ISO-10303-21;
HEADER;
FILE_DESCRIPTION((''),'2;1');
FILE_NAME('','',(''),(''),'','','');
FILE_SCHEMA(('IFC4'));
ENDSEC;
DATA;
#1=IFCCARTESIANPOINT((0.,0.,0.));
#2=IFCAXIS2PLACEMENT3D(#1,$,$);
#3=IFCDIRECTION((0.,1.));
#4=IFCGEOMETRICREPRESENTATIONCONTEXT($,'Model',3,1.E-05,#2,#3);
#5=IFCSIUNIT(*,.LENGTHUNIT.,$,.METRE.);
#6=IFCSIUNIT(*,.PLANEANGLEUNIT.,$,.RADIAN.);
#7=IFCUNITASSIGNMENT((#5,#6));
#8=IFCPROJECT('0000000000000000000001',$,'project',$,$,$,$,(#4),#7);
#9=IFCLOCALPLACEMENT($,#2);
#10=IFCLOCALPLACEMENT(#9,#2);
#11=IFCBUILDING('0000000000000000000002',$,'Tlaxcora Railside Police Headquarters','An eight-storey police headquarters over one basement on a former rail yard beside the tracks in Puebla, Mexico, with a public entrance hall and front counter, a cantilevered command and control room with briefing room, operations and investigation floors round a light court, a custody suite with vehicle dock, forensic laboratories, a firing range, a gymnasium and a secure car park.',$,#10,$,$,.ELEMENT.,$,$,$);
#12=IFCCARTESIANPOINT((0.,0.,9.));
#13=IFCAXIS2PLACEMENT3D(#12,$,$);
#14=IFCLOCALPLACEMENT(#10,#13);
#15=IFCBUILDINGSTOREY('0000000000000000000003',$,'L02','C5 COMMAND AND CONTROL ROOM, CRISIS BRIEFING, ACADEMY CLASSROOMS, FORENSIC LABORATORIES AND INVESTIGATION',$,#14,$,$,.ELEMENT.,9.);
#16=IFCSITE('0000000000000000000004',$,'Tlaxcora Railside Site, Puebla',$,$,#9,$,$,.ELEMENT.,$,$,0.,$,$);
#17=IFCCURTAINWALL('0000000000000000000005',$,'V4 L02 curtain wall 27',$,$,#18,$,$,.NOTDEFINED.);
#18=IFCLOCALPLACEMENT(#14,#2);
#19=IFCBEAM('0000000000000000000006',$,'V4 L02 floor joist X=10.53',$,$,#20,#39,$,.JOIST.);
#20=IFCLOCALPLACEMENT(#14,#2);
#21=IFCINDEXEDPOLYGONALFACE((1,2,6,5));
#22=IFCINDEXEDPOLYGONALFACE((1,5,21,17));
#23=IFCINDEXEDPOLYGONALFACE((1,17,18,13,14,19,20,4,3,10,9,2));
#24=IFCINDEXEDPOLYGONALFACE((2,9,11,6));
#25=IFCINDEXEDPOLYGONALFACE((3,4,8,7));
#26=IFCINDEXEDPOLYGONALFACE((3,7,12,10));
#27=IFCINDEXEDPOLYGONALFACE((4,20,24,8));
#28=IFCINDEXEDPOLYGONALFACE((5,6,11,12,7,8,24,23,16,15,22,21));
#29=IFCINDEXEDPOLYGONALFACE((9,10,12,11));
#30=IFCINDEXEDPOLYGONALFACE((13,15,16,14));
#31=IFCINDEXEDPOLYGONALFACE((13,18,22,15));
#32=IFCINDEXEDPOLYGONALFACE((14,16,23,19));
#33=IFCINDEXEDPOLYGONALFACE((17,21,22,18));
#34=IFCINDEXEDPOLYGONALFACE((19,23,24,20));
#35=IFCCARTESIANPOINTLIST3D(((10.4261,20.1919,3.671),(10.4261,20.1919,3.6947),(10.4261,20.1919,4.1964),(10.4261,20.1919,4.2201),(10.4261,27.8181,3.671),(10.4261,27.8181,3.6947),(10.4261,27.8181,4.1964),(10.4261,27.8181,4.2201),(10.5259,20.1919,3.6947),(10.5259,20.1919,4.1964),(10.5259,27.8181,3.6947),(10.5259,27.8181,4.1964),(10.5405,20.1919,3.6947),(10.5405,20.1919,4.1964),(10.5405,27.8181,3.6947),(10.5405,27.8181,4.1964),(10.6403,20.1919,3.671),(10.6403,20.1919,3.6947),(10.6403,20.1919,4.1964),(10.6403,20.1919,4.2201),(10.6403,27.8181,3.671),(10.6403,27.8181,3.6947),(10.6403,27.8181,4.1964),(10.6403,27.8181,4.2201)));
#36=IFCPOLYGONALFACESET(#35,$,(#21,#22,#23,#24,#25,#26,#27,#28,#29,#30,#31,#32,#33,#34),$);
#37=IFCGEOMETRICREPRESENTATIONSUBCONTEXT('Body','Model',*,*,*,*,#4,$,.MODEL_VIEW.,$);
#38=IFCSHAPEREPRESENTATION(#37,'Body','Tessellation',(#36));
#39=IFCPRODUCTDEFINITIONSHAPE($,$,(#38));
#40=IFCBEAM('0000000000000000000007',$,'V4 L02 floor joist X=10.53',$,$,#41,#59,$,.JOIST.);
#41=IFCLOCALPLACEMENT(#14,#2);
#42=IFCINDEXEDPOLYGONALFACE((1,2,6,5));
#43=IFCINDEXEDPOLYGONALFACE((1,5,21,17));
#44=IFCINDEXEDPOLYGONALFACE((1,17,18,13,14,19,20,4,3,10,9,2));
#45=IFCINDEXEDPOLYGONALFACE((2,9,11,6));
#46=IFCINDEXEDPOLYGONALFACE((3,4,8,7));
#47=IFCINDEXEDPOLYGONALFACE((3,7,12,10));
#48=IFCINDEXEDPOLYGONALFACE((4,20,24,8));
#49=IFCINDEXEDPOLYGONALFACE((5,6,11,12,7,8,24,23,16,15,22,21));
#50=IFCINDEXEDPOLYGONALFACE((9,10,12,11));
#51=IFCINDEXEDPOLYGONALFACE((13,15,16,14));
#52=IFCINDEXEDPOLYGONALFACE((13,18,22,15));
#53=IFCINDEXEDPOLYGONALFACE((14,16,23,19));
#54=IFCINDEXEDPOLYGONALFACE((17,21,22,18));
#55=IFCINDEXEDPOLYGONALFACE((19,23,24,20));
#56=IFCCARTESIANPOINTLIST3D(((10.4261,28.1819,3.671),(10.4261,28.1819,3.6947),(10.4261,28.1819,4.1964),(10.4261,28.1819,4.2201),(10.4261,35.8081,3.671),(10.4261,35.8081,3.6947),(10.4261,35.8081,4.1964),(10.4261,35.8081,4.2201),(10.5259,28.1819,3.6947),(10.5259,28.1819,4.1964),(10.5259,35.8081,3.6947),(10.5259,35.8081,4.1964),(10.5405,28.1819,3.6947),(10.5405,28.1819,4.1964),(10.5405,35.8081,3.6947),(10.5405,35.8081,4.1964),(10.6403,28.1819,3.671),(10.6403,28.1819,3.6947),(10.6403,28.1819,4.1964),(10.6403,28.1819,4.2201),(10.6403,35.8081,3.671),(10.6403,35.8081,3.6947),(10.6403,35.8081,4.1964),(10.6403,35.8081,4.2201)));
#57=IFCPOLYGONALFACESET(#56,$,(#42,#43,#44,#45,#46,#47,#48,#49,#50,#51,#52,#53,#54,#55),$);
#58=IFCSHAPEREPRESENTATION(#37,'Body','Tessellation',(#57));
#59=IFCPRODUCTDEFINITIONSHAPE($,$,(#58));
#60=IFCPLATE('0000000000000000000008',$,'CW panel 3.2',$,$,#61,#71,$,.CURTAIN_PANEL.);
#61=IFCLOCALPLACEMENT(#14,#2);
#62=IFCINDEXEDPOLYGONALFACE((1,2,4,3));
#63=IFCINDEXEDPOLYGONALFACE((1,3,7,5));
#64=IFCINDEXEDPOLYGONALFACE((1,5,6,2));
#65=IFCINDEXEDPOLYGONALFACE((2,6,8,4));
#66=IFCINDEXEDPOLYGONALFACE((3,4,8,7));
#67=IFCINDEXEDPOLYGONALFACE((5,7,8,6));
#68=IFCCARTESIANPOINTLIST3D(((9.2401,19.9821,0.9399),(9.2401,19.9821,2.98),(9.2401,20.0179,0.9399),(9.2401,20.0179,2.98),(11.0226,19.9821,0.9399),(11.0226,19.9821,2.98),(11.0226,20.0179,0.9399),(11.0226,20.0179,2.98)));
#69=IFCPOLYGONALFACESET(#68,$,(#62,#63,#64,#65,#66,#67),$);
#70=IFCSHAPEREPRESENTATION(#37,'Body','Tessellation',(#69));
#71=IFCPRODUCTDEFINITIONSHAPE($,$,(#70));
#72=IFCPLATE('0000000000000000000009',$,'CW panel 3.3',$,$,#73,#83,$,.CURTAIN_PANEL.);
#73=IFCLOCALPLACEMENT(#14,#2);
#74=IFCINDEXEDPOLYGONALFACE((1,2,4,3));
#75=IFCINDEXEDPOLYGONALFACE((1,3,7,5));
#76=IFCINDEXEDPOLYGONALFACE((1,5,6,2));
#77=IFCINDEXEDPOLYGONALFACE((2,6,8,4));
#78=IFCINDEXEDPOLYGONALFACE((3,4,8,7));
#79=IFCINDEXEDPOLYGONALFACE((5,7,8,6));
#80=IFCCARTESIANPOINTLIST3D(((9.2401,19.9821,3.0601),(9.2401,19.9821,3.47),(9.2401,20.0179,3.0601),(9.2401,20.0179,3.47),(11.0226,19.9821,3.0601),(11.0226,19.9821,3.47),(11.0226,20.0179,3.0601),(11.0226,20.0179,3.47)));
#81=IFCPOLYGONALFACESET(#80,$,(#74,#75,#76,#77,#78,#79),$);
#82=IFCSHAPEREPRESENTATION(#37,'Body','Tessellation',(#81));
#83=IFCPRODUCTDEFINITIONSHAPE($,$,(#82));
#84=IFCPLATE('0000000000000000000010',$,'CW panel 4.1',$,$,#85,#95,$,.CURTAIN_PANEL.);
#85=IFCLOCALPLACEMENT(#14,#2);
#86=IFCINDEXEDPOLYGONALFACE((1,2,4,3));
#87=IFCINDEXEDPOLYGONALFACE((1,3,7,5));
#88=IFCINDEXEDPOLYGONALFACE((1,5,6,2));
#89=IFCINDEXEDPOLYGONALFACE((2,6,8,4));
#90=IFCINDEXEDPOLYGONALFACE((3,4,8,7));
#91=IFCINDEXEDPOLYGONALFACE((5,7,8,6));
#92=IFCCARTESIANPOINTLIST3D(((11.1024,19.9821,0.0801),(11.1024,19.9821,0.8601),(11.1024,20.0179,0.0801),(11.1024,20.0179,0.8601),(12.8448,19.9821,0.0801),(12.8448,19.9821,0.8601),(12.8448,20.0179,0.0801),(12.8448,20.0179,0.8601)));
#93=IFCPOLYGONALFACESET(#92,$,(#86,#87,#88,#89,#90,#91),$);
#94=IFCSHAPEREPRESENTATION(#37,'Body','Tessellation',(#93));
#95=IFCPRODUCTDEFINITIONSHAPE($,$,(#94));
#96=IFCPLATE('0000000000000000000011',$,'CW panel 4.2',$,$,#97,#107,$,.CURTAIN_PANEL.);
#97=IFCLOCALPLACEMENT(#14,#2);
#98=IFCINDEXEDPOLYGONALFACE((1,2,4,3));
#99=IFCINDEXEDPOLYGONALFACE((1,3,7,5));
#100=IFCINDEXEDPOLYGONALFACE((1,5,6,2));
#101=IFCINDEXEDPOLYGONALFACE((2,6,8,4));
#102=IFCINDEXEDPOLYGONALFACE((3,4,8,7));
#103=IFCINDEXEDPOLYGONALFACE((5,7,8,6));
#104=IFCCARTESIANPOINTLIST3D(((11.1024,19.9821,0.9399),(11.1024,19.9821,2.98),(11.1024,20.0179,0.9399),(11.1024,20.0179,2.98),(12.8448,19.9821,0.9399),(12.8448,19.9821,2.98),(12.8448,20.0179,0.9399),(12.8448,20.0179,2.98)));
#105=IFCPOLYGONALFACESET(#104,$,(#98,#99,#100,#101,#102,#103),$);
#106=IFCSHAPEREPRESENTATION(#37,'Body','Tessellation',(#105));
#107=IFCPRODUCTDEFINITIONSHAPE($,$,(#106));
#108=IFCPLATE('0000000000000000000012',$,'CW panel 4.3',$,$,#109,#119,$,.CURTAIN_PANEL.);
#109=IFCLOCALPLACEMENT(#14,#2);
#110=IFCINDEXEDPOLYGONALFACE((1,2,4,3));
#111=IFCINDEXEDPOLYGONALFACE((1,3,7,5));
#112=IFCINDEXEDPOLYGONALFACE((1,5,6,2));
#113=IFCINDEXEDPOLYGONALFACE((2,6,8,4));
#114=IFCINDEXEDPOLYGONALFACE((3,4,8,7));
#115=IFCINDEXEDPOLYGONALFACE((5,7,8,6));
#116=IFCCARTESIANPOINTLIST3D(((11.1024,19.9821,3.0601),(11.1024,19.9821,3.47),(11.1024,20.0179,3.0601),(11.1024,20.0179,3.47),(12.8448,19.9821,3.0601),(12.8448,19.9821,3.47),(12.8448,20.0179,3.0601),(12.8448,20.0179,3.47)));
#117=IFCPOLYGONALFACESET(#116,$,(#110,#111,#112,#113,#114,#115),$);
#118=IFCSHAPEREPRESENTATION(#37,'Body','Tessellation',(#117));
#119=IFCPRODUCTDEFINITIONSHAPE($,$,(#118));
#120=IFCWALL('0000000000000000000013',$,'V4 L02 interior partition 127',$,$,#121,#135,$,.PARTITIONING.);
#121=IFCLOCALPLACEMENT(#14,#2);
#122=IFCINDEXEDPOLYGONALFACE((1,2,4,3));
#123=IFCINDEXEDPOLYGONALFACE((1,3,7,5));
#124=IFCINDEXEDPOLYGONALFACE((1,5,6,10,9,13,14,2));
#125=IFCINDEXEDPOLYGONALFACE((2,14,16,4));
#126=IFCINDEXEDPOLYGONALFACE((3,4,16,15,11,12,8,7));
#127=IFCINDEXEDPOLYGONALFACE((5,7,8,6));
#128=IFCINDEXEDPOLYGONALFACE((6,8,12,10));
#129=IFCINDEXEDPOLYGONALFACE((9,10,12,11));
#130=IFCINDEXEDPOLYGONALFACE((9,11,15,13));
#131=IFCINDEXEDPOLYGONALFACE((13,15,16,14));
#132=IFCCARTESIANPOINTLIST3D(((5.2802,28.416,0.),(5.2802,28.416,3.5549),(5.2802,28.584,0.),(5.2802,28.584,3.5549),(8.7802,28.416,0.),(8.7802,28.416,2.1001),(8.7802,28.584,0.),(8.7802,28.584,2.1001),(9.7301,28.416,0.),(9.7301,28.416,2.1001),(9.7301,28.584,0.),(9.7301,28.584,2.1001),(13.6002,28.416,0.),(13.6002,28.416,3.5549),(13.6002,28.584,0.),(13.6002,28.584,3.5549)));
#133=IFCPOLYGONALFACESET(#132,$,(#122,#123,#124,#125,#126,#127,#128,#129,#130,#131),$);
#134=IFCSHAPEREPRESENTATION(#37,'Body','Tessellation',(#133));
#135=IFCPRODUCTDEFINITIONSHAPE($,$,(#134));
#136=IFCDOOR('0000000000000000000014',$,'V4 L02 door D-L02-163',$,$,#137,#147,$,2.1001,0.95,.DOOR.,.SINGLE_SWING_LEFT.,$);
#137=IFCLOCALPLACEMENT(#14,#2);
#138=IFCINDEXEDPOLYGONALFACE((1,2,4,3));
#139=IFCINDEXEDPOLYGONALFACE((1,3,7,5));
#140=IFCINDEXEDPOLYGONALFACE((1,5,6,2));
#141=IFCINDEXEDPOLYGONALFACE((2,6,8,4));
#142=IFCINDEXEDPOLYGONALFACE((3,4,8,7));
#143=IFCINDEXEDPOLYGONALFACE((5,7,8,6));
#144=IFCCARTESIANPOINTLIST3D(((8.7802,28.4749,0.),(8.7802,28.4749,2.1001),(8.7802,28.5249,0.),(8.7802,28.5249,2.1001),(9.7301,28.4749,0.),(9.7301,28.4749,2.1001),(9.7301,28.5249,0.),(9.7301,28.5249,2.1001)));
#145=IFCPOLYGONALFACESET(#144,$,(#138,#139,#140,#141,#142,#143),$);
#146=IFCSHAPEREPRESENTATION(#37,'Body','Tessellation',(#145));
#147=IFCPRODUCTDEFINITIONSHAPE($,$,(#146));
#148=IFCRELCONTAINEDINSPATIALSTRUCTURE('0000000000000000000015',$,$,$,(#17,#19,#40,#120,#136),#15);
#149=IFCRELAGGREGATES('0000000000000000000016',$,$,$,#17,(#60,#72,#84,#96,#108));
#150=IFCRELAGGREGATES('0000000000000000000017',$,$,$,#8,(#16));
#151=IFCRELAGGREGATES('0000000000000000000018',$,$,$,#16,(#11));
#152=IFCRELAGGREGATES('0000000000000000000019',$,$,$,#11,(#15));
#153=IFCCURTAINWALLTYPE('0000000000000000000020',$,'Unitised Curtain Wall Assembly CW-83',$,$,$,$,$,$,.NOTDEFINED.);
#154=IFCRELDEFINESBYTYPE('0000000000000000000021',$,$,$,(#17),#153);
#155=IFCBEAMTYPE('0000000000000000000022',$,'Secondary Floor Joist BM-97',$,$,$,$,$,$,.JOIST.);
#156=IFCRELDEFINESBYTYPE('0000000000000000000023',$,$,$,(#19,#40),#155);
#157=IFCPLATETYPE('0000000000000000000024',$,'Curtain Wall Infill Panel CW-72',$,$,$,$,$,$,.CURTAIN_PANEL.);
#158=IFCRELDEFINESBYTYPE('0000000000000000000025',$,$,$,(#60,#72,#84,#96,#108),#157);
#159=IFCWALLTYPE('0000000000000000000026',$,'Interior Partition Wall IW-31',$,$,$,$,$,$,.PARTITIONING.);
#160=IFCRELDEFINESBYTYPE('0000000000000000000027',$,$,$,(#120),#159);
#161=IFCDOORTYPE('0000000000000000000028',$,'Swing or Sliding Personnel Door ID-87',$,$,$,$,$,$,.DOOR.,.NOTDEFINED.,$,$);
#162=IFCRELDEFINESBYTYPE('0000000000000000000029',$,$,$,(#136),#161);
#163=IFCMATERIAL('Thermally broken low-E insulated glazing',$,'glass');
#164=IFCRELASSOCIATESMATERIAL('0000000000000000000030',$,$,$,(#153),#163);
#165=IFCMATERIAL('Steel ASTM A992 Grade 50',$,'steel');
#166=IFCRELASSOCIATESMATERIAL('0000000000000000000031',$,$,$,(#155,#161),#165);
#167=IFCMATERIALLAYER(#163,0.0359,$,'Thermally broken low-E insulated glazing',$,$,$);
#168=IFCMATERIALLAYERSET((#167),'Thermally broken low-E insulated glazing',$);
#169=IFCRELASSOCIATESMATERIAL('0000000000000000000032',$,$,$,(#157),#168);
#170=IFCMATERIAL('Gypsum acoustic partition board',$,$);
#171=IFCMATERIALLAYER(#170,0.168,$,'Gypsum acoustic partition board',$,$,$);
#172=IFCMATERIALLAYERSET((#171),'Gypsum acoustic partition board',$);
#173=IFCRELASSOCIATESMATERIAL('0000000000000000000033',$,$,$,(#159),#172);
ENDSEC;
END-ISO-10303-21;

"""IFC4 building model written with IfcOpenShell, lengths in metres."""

from ifc_helpers import new_model, si_unit, direction, frame, frame_2d, origin, origin_2d, place, context, subcontext, project, spatial, rectangle, i_section, extrude, material, layer, layer_set, material_profile, profile_set, type_object, element, fill, aggregate, save


model = new_model("IFC4")

# Units and contexts
model_context = context("Model", 3, precision=1e-05, world=origin(), true_north=direction((0.0, 1.0)))
body_context = subcontext(model_context, "Body", "Model", "MODEL_VIEW")
ifc_project = project(units=[si_unit("LENGTHUNIT", "METRE"), si_unit("PLANEANGLEUNIT", "RADIAN")], contexts=[model_context])

# Site, building, storey
site_placement = place(None, origin())
site = spatial("IfcSite", under=ifc_project, at=site_placement, Name="Tlaxcora Railside Site, Puebla", CompositionType="ELEMENT", RefElevation=0.0)
building_placement = place(site_placement, origin())
building = spatial("IfcBuilding", under=site, at=building_placement, Name="Tlaxcora Railside Police Headquarters", Description="An eight-storey police headquarters over one basement on a former rail yard beside the tracks in Puebla, Mexico, with a public entrance hall and front counter, a cantilevered command and control room with briefing room, operations and investigation floors round a light court, a custody suite with vehicle dock, forensic laboratories, a firing range, a gymnasium and a secure car park.", CompositionType="ELEMENT")
storey_placement = place(building_placement, frame((0.0, 0.0, 9.0)))
storey = spatial("IfcBuildingStorey", under=building, at=storey_placement, Name="L02", Description="C5 COMMAND AND CONTROL ROOM, CRISIS BRIEFING, ACADEMY CLASSROOMS, FORENSIC LABORATORIES AND INVESTIGATION", CompositionType="ELEMENT", Elevation=9.0)

# Curtain wall
ifc_material_1 = material(Name="Thermally broken low-E insulated glazing", Category="glass")
curtain_wall_type = type_object("IfcCurtainWallType", Name="Unitised Curtain Wall Assembly CW-83", PredefinedType="NOTDEFINED", material=ifc_material_1)
curtain_wall_placement = place(storey_placement, origin())
curtain_wall = element("IfcCurtainWall", 1, at=curtain_wall_placement, inside=storey, type_object=curtain_wall_type, Name="V4 L02 curtain wall 27", PredefinedType="NOTDEFINED")

# Beams
ifc_material_2 = material(Name="Steel ASTM A992 Grade 50", Category="steel")
ifc_material_profile_1 = material_profile(ifc_material_2, i_section(OverallWidth=0.2141, OverallDepth=0.5491, WebThickness=0.0146, FlangeThickness=0.0237, at=origin_2d()), Name="W21X93")
ifc_profile_set_1 = profile_set([ifc_material_profile_1], Name="Steel ASTM A992 Grade 50")
beam_type_1 = type_object("IfcBeamType", Name="Secondary Floor Joist BM-97", PredefinedType="JOIST", material=ifc_profile_set_1)
for number, where, z_axis, x_axis, name in (
    (2, (10.5332, 20.1919, 3.9456), (0.0, 1.0, 0.0), (-1.0, 0.0, 0.0), "V4 L02 floor joist X=10.53"),
    (3, (10.5332, 28.1819, 3.9456), (0.0, 1.0, 0.0), (-1.0, 0.0, 0.0), "V4 L02 floor joist X=10.53"),
):
    element("IfcBeam", number, at=place(storey_placement, frame(where, z_axis=z_axis, x_axis=x_axis)), inside=storey, type_object=beam_type_1, Name=name, PredefinedType="JOIST", context=body_context, shape_type="SweptSolid", body=[
        extrude(i_section(OverallWidth=0.2141, OverallDepth=0.5491, WebThickness=0.0146, FlangeThickness=0.0237, at=origin_2d()), origin(), (0.0, 0.0, 1.0), 7.6262),
    ])

# Plates
ifc_layer_1 = layer(ifc_material_1, 0.0359, Name="Thermally broken low-E insulated glazing")
ifc_layer_set_1 = layer_set([ifc_layer_1], Name="Thermally broken low-E insulated glazing")
plate_type = type_object("IfcPlateType", Name="Curtain Wall Infill Panel CW-72", PredefinedType="CURTAIN_PANEL", material=ifc_layer_set_1)
plate_1_placement = place(storey_placement, frame((10.1313, 20.0, 0.9399), z_axis=(0.0, 0.0, 1.0), x_axis=(1.0, 0.0, 0.0)))
plate_1 = element("IfcPlate", 4, at=plate_1_placement, type_object=plate_type, Name="CW panel 3.2", PredefinedType="CURTAIN_PANEL", context=body_context, shape_type="SweptSolid", body=[
    extrude(rectangle(XDim=1.7825, YDim=0.0359, at=origin_2d()), origin(), (0.0, 0.0, 1.0), 2.04),
])
plate_2_placement = place(storey_placement, frame((10.1313, 20.0, 3.0601), z_axis=(0.0, 0.0, 1.0), x_axis=(1.0, 0.0, 0.0)))
plate_2 = element("IfcPlate", 5, at=plate_2_placement, type_object=plate_type, Name="CW panel 3.3", PredefinedType="CURTAIN_PANEL", context=body_context, shape_type="SweptSolid", body=[
    extrude(rectangle(XDim=1.7825, YDim=0.0359, at=origin_2d()), origin(), (0.0, 0.0, 1.0), 0.4099),
])
plate_3_placement = place(storey_placement, frame((11.9736, 20.0, 0.0801), z_axis=(0.0, 0.0, 1.0), x_axis=(1.0, 0.0, 0.0)))
plate_3 = element("IfcPlate", 6, at=plate_3_placement, type_object=plate_type, Name="CW panel 4.1", PredefinedType="CURTAIN_PANEL", context=body_context, shape_type="SweptSolid", body=[
    extrude(rectangle(XDim=1.7424, YDim=0.0359, at=origin_2d()), origin(), (0.0, 0.0, 1.0), 0.78),
])
plate_4_placement = place(storey_placement, frame((11.9736, 20.0, 0.9399), z_axis=(0.0, 0.0, 1.0), x_axis=(1.0, 0.0, 0.0)))
plate_4 = element("IfcPlate", 7, at=plate_4_placement, type_object=plate_type, Name="CW panel 4.2", PredefinedType="CURTAIN_PANEL", context=body_context, shape_type="SweptSolid", body=[
    extrude(rectangle(XDim=1.7424, YDim=0.0359, at=origin_2d()), origin(), (0.0, 0.0, 1.0), 2.04),
])
plate_5_placement = place(storey_placement, frame((11.9736, 20.0, 3.0601), z_axis=(0.0, 0.0, 1.0), x_axis=(1.0, 0.0, 0.0)))
plate_5 = element("IfcPlate", 8, at=plate_5_placement, type_object=plate_type, Name="CW panel 4.3", PredefinedType="CURTAIN_PANEL", context=body_context, shape_type="SweptSolid", body=[
    extrude(rectangle(XDim=1.7424, YDim=0.0359, at=origin_2d()), origin(), (0.0, 0.0, 1.0), 0.4099),
])
aggregate(curtain_wall, [plate_1, plate_2, plate_3, plate_4, plate_5])

# Wall, opening, door
ifc_material_3 = material(Name="Gypsum acoustic partition board")
ifc_layer_2 = layer(ifc_material_3, 0.168, Name="Gypsum acoustic partition board")
ifc_layer_set_2 = layer_set([ifc_layer_2], Name="Gypsum acoustic partition board")
wall_type_1 = type_object("IfcWallType", Name="Interior Partition Wall IW-31", PredefinedType="PARTITIONING", material=ifc_layer_set_2)
wall_1_placement = place(storey_placement, frame((5.28, 28.5, 0.0), z_axis=(0.0, 0.0, 1.0), x_axis=(1.0, 0.0, 0.0)))
wall_1 = element("IfcWall", 9, at=wall_1_placement, inside=storey, type_object=wall_type_1, Name="V4 L02 interior partition 127", PredefinedType="PARTITIONING", context=body_context, shape_type="SweptSolid", body=[
    extrude(rectangle(XDim=8.3201, YDim=0.168, at=frame_2d((4.1602, 0.0))), origin(), (0.0, 0.0, 1.0), 3.5549),
])
opening_1_placement = place(wall_1_placement, frame((3.5, 0.0, 0.0)))
opening_1 = element("IfcOpeningElement", 10, at=opening_1_placement, cuts=wall_1, PredefinedType="OPENING", context=body_context, shape_type="SweptSolid", body=[
    extrude(rectangle(XDim=0.95, YDim=2.1001, at=frame_2d((0.4751, 1.05))), frame((0.0, 0.094, 0.0), z_axis=(0.0, -1.0, 0.0), x_axis=(1.0, 0.0, 0.0)), (0.0, 0.0, 1.0), 0.188),
])
door_type_1 = type_object("IfcDoorType", Name="Swing or Sliding Personnel Door ID-87", OperationType="NOTDEFINED", PredefinedType="DOOR", material=ifc_material_2)
door_1_placement = place(opening_1_placement, origin())
door_1 = element("IfcDoor", 11, at=door_1_placement, inside=storey, type_object=door_type_1, Name="V4 L02 door D-L02-163", OperationType="SINGLE_SWING_LEFT", OverallHeight=2.1001, OverallWidth=0.95, PredefinedType="DOOR", context=body_context, shape_type="SweptSolid", body=[
    extrude(rectangle(XDim=0.95, YDim=2.1001, at=frame_2d((0.4751, 1.05))), frame((0.0, 0.0249, 0.0), z_axis=(0.0, -1.0, 0.0), x_axis=(1.0, 0.0, 0.0)), (0.0, 0.0, 1.0), 0.05),
])
fill(opening_1, door_1)

save(model, "model.ifc")
